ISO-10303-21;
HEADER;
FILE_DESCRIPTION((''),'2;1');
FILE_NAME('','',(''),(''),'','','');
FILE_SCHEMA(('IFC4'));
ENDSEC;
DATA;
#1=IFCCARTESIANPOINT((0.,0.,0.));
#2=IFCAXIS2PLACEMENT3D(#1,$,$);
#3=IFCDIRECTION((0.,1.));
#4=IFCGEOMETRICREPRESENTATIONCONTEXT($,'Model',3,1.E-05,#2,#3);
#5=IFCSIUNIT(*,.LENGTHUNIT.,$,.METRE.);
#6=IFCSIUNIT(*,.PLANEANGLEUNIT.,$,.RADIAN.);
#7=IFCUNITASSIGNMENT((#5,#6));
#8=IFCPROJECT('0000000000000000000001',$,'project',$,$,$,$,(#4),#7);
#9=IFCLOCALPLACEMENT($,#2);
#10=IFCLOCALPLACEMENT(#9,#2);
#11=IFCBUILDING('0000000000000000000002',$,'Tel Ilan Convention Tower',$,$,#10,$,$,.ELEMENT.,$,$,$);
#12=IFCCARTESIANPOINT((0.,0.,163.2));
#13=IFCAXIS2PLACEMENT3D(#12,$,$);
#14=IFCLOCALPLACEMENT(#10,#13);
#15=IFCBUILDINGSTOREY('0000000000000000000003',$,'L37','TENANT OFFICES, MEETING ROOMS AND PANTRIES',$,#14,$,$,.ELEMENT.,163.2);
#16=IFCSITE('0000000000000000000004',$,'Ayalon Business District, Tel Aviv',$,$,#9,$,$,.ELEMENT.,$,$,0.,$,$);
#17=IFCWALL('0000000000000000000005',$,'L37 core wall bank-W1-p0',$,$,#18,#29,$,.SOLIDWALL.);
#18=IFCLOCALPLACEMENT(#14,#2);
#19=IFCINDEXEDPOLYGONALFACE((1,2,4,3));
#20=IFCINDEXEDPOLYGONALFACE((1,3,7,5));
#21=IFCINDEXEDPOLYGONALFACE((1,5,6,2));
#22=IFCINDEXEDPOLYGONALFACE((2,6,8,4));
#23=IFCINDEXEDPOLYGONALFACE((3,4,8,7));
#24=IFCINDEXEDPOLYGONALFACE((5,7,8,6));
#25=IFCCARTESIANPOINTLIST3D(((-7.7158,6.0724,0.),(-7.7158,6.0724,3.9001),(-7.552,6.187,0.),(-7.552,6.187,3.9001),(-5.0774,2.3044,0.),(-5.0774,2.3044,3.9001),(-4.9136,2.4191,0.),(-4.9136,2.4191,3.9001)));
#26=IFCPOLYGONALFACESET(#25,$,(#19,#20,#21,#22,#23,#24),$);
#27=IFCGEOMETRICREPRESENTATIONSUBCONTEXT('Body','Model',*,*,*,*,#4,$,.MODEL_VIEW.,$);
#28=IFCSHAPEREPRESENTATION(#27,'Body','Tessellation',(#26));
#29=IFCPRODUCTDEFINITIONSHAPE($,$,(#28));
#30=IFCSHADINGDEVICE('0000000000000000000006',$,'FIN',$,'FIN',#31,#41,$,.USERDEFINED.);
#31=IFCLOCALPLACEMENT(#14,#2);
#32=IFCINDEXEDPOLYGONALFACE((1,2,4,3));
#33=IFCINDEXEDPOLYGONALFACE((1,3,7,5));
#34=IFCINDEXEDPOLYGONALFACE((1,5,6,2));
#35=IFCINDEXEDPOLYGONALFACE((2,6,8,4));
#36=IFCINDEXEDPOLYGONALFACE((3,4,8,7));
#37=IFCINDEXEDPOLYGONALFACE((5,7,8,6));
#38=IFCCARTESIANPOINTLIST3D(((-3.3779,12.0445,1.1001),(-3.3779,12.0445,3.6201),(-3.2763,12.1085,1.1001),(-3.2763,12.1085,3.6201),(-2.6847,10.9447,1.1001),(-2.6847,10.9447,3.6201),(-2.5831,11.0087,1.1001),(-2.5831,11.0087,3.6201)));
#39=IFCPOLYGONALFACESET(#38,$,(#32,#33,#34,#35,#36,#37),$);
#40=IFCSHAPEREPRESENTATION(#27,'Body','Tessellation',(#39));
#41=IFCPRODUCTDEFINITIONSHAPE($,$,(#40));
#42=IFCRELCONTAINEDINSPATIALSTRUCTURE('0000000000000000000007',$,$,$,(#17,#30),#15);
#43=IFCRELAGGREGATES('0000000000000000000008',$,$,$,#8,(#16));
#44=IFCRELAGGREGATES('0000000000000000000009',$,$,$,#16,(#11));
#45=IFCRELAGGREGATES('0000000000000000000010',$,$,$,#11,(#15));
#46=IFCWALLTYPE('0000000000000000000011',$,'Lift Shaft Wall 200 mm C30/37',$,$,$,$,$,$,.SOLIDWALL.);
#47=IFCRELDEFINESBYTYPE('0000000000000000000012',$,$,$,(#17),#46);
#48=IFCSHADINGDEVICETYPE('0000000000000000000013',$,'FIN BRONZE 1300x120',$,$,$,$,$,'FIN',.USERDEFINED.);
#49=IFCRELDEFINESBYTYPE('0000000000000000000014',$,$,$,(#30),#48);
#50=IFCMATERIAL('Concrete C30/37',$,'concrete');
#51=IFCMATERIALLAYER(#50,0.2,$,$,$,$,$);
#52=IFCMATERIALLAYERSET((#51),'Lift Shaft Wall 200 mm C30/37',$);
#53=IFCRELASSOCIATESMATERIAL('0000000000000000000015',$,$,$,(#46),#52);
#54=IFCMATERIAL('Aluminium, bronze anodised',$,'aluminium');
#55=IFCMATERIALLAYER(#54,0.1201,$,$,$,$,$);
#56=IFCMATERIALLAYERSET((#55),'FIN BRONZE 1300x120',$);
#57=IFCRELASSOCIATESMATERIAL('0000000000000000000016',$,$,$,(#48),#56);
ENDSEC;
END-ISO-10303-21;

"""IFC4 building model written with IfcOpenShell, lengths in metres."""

from ifc_helpers import new_model, si_unit, direction, frame, frame_2d, origin, origin_2d, place, context, subcontext, project, spatial, rectangle, extrude, material, layer, layer_set, type_object, element, save


model = new_model("IFC4")

# Units and contexts
model_context = context("Model", 3, precision=1e-05, world=origin(), true_north=direction((0.0, 1.0)))
body_context = subcontext(model_context, "Body", "Model", "MODEL_VIEW")
ifc_project = project(units=[si_unit("LENGTHUNIT", "METRE"), si_unit("PLANEANGLEUNIT", "RADIAN")], contexts=[model_context])

# Site, building, storey
site_placement = place(None, origin())
site = spatial("IfcSite", under=ifc_project, at=site_placement, Name="Ayalon Business District, Tel Aviv", CompositionType="ELEMENT", RefElevation=0.0)
building_placement = place(site_placement, origin())
building = spatial("IfcBuilding", under=site, at=building_placement, Name="Tel Ilan Convention Tower", CompositionType="ELEMENT")
storey_placement = place(building_placement, frame((0.0, 0.0, 163.2)))
storey = spatial("IfcBuildingStorey", under=building, at=storey_placement, Name="L37", Description="TENANT OFFICES, MEETING ROOMS AND PANTRIES", CompositionType="ELEMENT", Elevation=163.2)

# Wall
ifc_material_1 = material(Name="Concrete C30/37", Category="concrete")
ifc_layer_1 = layer(ifc_material_1, 0.2)
ifc_layer_set_1 = layer_set([ifc_layer_1], Name="Lift Shaft Wall 200 mm C30/37")
wall_type_1 = type_object("IfcWallType", Name="Lift Shaft Wall 200 mm C30/37", PredefinedType="SOLIDWALL", material=ifc_layer_set_1)
wall_1_placement = place(storey_placement, frame((-4.9956, 2.3618, 0.0), z_axis=(0.0, 0.0, 1.0), x_axis=(-0.573576, 0.819152, 0.0)))
element("IfcWall", 1, at=wall_1_placement, inside=storey, type_object=wall_type_1, Name="L37 core wall bank-W1-p0", PredefinedType="SOLIDWALL", context=body_context, shape_type="SweptSolid", body=[
    extrude(rectangle(XDim=4.5999, YDim=0.2, at=frame_2d((2.2998, 0.0))), origin(), (0.0, 0.0, 1.0), 3.9001),
])

# Shading device
ifc_material_2 = material(Name="Aluminium, bronze anodised", Category="aluminium")
ifc_layer_2 = layer(ifc_material_2, 0.1201)
ifc_layer_set_2 = layer_set([ifc_layer_2], Name="FIN BRONZE 1300x120")
shading_device_type = type_object("IfcShadingDeviceType", Name="FIN BRONZE 1300x120", ElementType="FIN", PredefinedType="USERDEFINED", material=ifc_layer_set_2)
shading_device_placement = place(storey_placement, frame((-2.9805, 11.5266, 1.1001), z_axis=(0.0, 0.0, 1.0), x_axis=(-0.533204, 0.845986, 0.0)))
element("IfcShadingDevice", 2, at=shading_device_placement, inside=storey, type_object=shading_device_type, Name="FIN", ObjectType="FIN", PredefinedType="USERDEFINED", context=body_context, shape_type="SweptSolid", body=[
    extrude(rectangle(XDim=1.3, YDim=0.1201, at=origin_2d()), origin(), (0.0, 0.0, 1.0), 2.52),
])

save(model, "model.ifc")
